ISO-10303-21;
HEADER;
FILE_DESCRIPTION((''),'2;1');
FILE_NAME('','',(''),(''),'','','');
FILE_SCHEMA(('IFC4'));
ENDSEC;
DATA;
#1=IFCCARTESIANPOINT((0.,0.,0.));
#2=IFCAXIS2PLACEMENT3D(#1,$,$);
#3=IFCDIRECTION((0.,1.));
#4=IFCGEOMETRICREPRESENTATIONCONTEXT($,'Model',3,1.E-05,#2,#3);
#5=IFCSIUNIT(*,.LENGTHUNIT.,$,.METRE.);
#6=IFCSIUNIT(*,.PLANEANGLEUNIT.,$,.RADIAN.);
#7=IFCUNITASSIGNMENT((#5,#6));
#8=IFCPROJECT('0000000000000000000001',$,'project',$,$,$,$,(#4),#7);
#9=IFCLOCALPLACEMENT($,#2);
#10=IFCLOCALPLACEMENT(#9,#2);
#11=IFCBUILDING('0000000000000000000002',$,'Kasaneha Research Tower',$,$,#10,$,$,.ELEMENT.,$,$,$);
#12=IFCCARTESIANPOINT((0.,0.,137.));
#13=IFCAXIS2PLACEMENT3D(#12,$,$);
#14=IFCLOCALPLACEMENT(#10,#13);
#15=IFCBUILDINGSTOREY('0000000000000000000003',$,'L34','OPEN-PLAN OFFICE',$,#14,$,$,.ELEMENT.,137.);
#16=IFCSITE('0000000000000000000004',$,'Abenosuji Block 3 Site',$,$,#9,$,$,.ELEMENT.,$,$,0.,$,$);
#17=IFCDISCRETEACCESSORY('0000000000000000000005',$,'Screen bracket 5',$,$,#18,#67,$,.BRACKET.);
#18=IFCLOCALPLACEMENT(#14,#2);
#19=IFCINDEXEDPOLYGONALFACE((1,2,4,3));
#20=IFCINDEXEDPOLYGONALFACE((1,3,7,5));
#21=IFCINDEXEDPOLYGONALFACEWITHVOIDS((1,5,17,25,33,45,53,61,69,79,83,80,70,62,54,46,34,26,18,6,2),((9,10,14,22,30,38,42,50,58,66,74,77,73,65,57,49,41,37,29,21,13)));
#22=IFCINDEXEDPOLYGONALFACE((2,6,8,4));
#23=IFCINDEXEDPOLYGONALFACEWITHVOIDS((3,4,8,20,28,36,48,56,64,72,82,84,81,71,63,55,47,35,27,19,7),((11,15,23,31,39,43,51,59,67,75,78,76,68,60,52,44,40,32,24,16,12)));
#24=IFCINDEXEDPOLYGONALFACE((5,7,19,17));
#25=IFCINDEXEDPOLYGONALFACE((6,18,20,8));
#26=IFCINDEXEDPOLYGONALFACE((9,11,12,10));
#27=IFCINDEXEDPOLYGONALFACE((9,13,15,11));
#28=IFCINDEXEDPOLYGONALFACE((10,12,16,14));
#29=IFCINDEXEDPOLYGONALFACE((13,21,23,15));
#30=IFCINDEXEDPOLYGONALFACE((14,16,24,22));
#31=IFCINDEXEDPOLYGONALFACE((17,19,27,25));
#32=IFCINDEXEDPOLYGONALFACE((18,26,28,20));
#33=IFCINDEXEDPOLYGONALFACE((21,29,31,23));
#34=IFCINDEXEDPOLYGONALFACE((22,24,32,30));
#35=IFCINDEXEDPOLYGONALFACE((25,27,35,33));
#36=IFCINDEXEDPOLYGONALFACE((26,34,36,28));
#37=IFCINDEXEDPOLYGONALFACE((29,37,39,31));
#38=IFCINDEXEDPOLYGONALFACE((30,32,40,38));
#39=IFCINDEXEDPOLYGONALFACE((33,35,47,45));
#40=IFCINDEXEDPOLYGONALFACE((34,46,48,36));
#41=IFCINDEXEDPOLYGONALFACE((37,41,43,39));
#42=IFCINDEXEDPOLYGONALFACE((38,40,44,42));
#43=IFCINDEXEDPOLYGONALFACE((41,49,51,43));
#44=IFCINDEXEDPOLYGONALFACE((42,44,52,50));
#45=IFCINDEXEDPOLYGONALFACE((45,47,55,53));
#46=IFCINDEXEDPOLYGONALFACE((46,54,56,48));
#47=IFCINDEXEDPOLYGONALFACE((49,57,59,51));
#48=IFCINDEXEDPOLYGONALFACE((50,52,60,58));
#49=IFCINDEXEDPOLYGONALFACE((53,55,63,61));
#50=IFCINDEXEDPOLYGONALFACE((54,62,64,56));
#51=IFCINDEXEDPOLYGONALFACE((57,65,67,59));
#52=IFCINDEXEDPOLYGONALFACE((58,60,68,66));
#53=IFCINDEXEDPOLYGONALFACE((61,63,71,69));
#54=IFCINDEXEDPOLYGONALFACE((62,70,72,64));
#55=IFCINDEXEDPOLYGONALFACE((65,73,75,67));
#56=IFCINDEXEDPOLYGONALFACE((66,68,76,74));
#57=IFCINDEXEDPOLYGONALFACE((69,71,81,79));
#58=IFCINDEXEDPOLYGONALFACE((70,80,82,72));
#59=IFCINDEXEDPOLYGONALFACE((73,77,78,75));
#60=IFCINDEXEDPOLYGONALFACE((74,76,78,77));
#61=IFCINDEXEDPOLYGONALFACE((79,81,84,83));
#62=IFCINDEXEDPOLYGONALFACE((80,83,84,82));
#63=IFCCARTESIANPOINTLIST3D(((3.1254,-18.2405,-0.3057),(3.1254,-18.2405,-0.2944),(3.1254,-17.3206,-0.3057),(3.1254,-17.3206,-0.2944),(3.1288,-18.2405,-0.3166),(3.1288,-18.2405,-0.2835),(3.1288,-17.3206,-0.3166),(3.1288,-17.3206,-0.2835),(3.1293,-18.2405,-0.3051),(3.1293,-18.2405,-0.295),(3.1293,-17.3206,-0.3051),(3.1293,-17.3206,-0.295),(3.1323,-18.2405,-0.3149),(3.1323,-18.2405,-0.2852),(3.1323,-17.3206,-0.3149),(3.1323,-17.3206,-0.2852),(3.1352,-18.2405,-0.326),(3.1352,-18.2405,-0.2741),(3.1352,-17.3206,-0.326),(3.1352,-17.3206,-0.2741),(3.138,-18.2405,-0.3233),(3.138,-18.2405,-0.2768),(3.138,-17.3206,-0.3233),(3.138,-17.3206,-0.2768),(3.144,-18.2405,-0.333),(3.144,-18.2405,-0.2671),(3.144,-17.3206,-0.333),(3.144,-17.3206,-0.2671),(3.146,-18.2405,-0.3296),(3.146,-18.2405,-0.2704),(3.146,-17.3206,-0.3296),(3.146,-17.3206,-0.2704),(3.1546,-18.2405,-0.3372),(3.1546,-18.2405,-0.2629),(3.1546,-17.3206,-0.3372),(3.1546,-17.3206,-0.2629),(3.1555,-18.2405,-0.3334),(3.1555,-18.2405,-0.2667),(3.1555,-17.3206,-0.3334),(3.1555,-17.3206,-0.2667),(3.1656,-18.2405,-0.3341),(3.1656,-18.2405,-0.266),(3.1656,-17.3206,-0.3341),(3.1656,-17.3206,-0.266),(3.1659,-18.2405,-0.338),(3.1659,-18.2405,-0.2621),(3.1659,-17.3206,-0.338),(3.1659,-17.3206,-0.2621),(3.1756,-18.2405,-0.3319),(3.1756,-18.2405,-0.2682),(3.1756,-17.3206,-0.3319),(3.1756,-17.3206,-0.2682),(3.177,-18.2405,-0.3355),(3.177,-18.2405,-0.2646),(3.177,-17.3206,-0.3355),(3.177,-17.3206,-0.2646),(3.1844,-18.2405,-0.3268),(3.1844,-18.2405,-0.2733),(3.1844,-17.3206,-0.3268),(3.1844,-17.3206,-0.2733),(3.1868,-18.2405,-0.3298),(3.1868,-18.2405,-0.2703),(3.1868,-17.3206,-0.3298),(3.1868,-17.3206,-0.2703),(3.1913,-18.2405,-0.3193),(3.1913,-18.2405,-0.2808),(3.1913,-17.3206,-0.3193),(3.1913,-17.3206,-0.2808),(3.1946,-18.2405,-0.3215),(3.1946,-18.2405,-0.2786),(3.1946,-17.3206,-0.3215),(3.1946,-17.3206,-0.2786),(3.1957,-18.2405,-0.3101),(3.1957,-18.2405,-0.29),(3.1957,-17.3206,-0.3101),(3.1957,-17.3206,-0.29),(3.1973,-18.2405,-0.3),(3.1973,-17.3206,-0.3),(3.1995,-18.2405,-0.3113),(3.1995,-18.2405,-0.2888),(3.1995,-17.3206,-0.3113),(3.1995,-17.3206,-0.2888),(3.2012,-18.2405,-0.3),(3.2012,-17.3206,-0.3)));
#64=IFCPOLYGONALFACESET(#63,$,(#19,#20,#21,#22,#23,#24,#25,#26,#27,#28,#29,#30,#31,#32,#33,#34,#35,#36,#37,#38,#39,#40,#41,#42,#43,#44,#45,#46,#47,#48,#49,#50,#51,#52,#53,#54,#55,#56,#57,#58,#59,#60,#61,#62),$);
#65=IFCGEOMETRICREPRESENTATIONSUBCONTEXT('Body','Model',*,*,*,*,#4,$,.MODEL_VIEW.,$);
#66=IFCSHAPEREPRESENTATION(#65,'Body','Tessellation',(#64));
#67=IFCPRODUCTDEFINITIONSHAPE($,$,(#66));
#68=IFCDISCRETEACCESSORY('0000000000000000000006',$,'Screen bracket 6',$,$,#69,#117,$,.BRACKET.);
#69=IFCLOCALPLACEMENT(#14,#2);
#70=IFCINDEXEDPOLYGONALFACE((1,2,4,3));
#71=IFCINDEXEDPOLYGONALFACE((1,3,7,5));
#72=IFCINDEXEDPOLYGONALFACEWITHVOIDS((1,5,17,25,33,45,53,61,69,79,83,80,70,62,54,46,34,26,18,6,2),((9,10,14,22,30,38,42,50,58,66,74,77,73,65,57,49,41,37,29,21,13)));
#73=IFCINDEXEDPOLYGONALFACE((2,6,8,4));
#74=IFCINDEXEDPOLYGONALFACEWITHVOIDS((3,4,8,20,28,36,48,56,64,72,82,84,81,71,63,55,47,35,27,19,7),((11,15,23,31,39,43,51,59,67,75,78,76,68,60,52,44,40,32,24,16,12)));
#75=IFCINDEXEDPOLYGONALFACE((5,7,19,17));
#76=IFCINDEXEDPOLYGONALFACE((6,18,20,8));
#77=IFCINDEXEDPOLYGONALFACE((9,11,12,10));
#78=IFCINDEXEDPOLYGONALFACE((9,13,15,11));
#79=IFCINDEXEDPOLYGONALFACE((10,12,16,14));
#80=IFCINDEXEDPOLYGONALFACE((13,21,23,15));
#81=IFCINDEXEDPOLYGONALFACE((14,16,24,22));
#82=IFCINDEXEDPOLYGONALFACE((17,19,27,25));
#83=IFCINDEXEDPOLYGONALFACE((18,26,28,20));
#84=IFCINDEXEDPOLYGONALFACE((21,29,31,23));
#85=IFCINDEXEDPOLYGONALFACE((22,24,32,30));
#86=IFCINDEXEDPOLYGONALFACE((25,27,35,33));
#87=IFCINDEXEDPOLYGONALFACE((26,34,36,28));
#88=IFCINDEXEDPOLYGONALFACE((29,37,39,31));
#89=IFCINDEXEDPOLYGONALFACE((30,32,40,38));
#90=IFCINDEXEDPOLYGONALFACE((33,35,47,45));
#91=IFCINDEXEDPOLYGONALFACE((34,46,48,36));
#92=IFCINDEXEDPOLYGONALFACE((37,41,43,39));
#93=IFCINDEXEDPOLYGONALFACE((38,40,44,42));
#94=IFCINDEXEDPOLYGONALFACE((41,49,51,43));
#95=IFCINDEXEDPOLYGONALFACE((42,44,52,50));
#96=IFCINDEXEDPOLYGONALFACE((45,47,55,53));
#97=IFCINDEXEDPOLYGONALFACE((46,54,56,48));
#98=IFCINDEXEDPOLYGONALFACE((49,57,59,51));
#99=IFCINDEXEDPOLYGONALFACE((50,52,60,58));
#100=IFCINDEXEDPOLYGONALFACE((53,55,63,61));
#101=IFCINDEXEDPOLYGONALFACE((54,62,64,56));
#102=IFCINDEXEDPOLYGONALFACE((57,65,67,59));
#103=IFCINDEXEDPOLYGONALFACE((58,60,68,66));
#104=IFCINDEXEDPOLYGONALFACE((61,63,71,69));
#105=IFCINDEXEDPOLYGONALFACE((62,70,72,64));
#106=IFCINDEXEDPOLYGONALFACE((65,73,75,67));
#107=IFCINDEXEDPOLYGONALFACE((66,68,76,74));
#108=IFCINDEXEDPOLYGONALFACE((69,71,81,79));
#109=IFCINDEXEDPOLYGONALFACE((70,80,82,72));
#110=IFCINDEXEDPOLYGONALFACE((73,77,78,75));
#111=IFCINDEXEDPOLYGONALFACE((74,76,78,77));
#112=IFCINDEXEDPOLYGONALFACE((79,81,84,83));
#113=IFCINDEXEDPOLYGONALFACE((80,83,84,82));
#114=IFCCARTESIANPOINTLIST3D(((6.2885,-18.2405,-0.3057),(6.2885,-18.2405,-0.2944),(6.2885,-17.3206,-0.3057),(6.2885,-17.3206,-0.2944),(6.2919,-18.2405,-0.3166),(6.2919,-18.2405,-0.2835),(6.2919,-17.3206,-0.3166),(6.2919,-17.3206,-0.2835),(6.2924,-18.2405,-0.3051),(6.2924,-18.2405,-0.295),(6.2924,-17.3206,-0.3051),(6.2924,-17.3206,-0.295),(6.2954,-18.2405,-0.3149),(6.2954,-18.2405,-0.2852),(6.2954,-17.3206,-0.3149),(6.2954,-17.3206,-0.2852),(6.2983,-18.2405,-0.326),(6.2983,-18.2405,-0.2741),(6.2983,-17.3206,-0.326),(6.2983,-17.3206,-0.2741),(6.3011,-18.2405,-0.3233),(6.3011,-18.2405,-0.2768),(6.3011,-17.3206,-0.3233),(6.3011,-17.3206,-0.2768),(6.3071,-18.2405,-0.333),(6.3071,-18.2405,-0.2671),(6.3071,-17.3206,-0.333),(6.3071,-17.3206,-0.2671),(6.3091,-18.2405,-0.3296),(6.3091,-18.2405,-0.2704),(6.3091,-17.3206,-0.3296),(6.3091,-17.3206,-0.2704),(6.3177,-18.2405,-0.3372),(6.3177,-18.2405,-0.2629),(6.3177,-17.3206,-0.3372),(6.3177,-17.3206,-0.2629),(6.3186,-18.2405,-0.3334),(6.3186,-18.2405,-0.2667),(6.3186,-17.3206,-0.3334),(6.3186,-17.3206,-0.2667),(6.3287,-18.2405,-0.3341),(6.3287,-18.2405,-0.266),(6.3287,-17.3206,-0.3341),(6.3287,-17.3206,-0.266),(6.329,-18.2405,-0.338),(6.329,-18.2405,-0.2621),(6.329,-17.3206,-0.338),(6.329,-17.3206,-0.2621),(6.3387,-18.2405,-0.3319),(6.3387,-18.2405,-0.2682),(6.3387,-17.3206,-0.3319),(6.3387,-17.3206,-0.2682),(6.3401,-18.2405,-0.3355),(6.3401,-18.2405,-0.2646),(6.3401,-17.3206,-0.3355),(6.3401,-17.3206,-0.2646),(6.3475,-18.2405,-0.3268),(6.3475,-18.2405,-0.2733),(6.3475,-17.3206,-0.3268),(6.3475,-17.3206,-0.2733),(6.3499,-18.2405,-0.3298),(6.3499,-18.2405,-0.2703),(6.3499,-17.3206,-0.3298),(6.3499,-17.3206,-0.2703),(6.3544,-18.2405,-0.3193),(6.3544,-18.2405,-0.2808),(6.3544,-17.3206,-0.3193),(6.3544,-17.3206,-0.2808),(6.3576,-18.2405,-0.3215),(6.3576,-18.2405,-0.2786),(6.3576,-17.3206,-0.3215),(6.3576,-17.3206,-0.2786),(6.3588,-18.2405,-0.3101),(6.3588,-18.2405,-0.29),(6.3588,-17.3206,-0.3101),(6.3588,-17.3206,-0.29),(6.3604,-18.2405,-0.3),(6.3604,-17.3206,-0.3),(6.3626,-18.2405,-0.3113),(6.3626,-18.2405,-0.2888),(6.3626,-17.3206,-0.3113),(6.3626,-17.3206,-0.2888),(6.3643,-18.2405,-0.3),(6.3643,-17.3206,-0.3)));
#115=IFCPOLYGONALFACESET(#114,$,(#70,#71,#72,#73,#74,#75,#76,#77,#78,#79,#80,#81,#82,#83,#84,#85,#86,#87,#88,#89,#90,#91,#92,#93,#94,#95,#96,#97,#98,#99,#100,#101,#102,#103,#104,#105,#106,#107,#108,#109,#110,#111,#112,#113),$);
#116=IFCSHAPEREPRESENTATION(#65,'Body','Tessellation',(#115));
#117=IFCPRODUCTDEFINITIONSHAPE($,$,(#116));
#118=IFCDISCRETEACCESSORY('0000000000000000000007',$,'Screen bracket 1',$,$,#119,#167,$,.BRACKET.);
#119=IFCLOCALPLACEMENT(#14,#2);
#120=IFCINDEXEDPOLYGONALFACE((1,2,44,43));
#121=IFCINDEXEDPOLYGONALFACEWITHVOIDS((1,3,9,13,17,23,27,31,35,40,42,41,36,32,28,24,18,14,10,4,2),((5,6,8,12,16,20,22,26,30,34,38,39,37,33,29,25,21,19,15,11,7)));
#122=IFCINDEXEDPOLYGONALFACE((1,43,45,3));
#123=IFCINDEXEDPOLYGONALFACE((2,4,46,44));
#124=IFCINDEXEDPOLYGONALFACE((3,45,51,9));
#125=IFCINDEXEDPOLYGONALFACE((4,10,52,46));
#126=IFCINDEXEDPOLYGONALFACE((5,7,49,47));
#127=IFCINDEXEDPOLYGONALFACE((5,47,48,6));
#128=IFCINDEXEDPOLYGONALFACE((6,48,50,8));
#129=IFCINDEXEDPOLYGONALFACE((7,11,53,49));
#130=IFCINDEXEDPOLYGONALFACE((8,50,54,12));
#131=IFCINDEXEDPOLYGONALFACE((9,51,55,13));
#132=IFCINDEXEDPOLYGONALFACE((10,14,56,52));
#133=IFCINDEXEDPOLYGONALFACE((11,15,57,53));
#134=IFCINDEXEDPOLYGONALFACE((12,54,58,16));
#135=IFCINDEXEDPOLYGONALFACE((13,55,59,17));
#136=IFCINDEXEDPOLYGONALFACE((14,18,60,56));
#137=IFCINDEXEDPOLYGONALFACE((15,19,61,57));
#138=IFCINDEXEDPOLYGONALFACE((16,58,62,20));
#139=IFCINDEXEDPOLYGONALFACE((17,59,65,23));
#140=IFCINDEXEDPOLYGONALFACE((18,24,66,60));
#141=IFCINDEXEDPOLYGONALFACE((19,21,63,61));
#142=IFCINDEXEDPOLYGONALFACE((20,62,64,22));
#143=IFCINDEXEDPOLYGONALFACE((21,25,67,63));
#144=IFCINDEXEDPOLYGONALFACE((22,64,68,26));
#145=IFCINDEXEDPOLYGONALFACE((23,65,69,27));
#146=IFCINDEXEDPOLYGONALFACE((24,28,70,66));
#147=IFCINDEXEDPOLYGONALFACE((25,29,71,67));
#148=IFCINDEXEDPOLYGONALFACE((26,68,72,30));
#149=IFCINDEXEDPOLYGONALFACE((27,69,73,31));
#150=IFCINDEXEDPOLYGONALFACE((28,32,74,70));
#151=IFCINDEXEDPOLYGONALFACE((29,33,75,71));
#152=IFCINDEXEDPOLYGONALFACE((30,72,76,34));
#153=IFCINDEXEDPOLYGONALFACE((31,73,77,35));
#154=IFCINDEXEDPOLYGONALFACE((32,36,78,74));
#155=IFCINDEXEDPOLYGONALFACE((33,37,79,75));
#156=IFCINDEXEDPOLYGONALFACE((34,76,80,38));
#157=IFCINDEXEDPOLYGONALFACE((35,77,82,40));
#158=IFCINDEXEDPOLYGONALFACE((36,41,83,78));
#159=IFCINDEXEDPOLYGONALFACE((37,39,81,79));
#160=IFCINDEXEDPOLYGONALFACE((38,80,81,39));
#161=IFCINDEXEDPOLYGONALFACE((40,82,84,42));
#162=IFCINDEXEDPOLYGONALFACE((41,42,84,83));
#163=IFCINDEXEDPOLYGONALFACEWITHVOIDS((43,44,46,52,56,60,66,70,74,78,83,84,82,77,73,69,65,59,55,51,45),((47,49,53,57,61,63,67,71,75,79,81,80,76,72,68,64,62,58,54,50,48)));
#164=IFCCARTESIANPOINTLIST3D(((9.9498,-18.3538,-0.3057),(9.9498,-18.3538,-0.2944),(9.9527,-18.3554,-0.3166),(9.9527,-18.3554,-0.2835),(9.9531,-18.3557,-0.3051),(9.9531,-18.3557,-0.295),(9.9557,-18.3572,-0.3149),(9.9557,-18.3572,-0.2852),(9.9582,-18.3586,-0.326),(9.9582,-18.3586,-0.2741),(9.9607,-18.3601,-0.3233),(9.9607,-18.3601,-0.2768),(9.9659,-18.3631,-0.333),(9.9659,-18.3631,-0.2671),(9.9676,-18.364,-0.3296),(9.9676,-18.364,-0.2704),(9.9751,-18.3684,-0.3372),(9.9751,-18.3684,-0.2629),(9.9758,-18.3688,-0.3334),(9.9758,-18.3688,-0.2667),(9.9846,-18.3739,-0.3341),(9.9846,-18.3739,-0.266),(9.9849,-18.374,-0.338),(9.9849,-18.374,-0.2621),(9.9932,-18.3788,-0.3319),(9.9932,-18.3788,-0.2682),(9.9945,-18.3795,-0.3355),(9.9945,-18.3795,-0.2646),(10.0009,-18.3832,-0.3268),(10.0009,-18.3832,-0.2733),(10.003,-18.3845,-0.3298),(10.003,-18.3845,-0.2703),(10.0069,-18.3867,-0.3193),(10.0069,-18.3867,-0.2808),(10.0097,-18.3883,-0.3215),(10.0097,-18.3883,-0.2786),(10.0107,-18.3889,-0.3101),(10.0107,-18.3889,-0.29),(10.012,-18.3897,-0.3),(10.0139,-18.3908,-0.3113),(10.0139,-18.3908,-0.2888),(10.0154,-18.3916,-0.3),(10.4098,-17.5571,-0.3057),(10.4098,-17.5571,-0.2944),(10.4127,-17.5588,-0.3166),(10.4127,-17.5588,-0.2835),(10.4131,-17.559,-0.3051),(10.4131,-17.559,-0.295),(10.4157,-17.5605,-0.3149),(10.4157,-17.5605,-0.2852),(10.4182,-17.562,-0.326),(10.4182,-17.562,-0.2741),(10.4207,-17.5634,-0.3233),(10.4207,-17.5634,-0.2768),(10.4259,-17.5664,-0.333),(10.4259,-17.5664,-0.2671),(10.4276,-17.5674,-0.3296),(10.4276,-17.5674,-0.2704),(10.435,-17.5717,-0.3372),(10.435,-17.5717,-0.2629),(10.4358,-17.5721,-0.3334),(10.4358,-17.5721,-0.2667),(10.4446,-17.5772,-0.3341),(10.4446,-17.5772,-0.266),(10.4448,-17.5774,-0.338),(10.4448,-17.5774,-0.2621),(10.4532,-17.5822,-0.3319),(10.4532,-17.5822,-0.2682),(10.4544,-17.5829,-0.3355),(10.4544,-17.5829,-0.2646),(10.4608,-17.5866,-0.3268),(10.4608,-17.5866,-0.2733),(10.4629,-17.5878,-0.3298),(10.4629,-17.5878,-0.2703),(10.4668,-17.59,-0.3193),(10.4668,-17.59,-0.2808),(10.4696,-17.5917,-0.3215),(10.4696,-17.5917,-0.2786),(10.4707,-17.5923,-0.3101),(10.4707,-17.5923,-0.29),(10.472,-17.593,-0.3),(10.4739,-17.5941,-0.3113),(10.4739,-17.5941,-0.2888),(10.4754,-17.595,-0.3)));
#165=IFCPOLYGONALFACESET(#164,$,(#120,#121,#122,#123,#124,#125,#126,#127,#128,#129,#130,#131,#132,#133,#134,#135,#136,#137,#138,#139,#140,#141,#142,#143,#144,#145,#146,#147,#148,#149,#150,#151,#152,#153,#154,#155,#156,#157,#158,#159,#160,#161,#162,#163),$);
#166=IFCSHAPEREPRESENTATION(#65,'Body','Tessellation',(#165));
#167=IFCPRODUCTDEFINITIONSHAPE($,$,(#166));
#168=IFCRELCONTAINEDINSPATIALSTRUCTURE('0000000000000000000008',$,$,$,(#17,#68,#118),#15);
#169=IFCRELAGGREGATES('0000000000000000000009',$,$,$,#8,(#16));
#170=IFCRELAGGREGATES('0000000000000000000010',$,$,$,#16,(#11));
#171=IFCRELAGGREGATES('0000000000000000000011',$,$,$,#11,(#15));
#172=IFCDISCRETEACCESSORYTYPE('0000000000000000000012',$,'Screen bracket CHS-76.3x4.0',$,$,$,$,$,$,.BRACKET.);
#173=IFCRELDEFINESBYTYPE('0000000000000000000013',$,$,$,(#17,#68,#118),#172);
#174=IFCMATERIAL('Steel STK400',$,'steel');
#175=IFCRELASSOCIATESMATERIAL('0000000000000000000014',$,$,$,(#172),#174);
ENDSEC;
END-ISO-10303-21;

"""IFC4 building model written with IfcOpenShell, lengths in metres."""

from ifc_helpers import new_model, si_unit, direction, frame, origin, origin_2d, place, context, subcontext, project, spatial, hollow_circle, extrude, material, material_profile, profile_set, type_object, element, save


model = new_model("IFC4")

# Units and contexts
model_context = context("Model", 3, precision=1e-05, world=origin(), true_north=direction((0.0, 1.0)))
body_context = subcontext(model_context, "Body", "Model", "MODEL_VIEW")
ifc_project = project(units=[si_unit("LENGTHUNIT", "METRE"), si_unit("PLANEANGLEUNIT", "RADIAN")], contexts=[model_context])

# Site, building, storey
site_placement = place(None, origin())
site = spatial("IfcSite", under=ifc_project, at=site_placement, Name="Abenosuji Block 3 Site", CompositionType="ELEMENT", RefElevation=0.0)
building_placement = place(site_placement, origin())
building = spatial("IfcBuilding", under=site, at=building_placement, Name="Kasaneha Research Tower", CompositionType="ELEMENT")
storey_placement = place(building_placement, frame((0.0, 0.0, 137.0)))
storey = spatial("IfcBuildingStorey", under=building, at=storey_placement, Name="L34", Description="OPEN-PLAN OFFICE", CompositionType="ELEMENT", Elevation=137.0)

# Discrete accessories
ifc_material_1 = material(Name="Steel STK400", Category="steel")
ifc_material_profile_1 = material_profile(ifc_material_1, hollow_circle(Radius=0.0381, WallThickness=0.0039, at=origin_2d()), Name="CHS-76.3x4.0")
ifc_profile_set_1 = profile_set([ifc_material_profile_1], Name="Steel STK400")
discrete_accessory_type = type_object("IfcDiscreteAccessoryType", Name="Screen bracket CHS-76.3x4.0", PredefinedType="BRACKET", material=ifc_profile_set_1)
for number, where, z_axis, x_axis, name in (
    (1, (3.1631, -17.3206, -0.3), (0.0, -1.0, 0.0), (1.0, 0.0, 0.0), "Screen bracket 5"),
    (2, (6.3262, -17.3206, -0.3), (0.0, -1.0, 0.0), (1.0, 0.0, 0.0), "Screen bracket 6"),
    (3, (10.4424, -17.5759, -0.3), (-0.500021, -0.866013, 0.0), (0.866013, -0.500021, 0.0), "Screen bracket 1"),
):
    element("IfcDiscreteAccessory", number, at=place(storey_placement, frame(where, z_axis=z_axis, x_axis=x_axis)), inside=storey, type_object=discrete_accessory_type, Name=name, PredefinedType="BRACKET", context=body_context, shape_type="SweptSolid", body=[
        extrude(hollow_circle(Radius=0.0381, WallThickness=0.0039, at=origin_2d()), origin(), (0.0, 0.0, 1.0), 0.9199),
    ])

save(model, "model.ifc")
